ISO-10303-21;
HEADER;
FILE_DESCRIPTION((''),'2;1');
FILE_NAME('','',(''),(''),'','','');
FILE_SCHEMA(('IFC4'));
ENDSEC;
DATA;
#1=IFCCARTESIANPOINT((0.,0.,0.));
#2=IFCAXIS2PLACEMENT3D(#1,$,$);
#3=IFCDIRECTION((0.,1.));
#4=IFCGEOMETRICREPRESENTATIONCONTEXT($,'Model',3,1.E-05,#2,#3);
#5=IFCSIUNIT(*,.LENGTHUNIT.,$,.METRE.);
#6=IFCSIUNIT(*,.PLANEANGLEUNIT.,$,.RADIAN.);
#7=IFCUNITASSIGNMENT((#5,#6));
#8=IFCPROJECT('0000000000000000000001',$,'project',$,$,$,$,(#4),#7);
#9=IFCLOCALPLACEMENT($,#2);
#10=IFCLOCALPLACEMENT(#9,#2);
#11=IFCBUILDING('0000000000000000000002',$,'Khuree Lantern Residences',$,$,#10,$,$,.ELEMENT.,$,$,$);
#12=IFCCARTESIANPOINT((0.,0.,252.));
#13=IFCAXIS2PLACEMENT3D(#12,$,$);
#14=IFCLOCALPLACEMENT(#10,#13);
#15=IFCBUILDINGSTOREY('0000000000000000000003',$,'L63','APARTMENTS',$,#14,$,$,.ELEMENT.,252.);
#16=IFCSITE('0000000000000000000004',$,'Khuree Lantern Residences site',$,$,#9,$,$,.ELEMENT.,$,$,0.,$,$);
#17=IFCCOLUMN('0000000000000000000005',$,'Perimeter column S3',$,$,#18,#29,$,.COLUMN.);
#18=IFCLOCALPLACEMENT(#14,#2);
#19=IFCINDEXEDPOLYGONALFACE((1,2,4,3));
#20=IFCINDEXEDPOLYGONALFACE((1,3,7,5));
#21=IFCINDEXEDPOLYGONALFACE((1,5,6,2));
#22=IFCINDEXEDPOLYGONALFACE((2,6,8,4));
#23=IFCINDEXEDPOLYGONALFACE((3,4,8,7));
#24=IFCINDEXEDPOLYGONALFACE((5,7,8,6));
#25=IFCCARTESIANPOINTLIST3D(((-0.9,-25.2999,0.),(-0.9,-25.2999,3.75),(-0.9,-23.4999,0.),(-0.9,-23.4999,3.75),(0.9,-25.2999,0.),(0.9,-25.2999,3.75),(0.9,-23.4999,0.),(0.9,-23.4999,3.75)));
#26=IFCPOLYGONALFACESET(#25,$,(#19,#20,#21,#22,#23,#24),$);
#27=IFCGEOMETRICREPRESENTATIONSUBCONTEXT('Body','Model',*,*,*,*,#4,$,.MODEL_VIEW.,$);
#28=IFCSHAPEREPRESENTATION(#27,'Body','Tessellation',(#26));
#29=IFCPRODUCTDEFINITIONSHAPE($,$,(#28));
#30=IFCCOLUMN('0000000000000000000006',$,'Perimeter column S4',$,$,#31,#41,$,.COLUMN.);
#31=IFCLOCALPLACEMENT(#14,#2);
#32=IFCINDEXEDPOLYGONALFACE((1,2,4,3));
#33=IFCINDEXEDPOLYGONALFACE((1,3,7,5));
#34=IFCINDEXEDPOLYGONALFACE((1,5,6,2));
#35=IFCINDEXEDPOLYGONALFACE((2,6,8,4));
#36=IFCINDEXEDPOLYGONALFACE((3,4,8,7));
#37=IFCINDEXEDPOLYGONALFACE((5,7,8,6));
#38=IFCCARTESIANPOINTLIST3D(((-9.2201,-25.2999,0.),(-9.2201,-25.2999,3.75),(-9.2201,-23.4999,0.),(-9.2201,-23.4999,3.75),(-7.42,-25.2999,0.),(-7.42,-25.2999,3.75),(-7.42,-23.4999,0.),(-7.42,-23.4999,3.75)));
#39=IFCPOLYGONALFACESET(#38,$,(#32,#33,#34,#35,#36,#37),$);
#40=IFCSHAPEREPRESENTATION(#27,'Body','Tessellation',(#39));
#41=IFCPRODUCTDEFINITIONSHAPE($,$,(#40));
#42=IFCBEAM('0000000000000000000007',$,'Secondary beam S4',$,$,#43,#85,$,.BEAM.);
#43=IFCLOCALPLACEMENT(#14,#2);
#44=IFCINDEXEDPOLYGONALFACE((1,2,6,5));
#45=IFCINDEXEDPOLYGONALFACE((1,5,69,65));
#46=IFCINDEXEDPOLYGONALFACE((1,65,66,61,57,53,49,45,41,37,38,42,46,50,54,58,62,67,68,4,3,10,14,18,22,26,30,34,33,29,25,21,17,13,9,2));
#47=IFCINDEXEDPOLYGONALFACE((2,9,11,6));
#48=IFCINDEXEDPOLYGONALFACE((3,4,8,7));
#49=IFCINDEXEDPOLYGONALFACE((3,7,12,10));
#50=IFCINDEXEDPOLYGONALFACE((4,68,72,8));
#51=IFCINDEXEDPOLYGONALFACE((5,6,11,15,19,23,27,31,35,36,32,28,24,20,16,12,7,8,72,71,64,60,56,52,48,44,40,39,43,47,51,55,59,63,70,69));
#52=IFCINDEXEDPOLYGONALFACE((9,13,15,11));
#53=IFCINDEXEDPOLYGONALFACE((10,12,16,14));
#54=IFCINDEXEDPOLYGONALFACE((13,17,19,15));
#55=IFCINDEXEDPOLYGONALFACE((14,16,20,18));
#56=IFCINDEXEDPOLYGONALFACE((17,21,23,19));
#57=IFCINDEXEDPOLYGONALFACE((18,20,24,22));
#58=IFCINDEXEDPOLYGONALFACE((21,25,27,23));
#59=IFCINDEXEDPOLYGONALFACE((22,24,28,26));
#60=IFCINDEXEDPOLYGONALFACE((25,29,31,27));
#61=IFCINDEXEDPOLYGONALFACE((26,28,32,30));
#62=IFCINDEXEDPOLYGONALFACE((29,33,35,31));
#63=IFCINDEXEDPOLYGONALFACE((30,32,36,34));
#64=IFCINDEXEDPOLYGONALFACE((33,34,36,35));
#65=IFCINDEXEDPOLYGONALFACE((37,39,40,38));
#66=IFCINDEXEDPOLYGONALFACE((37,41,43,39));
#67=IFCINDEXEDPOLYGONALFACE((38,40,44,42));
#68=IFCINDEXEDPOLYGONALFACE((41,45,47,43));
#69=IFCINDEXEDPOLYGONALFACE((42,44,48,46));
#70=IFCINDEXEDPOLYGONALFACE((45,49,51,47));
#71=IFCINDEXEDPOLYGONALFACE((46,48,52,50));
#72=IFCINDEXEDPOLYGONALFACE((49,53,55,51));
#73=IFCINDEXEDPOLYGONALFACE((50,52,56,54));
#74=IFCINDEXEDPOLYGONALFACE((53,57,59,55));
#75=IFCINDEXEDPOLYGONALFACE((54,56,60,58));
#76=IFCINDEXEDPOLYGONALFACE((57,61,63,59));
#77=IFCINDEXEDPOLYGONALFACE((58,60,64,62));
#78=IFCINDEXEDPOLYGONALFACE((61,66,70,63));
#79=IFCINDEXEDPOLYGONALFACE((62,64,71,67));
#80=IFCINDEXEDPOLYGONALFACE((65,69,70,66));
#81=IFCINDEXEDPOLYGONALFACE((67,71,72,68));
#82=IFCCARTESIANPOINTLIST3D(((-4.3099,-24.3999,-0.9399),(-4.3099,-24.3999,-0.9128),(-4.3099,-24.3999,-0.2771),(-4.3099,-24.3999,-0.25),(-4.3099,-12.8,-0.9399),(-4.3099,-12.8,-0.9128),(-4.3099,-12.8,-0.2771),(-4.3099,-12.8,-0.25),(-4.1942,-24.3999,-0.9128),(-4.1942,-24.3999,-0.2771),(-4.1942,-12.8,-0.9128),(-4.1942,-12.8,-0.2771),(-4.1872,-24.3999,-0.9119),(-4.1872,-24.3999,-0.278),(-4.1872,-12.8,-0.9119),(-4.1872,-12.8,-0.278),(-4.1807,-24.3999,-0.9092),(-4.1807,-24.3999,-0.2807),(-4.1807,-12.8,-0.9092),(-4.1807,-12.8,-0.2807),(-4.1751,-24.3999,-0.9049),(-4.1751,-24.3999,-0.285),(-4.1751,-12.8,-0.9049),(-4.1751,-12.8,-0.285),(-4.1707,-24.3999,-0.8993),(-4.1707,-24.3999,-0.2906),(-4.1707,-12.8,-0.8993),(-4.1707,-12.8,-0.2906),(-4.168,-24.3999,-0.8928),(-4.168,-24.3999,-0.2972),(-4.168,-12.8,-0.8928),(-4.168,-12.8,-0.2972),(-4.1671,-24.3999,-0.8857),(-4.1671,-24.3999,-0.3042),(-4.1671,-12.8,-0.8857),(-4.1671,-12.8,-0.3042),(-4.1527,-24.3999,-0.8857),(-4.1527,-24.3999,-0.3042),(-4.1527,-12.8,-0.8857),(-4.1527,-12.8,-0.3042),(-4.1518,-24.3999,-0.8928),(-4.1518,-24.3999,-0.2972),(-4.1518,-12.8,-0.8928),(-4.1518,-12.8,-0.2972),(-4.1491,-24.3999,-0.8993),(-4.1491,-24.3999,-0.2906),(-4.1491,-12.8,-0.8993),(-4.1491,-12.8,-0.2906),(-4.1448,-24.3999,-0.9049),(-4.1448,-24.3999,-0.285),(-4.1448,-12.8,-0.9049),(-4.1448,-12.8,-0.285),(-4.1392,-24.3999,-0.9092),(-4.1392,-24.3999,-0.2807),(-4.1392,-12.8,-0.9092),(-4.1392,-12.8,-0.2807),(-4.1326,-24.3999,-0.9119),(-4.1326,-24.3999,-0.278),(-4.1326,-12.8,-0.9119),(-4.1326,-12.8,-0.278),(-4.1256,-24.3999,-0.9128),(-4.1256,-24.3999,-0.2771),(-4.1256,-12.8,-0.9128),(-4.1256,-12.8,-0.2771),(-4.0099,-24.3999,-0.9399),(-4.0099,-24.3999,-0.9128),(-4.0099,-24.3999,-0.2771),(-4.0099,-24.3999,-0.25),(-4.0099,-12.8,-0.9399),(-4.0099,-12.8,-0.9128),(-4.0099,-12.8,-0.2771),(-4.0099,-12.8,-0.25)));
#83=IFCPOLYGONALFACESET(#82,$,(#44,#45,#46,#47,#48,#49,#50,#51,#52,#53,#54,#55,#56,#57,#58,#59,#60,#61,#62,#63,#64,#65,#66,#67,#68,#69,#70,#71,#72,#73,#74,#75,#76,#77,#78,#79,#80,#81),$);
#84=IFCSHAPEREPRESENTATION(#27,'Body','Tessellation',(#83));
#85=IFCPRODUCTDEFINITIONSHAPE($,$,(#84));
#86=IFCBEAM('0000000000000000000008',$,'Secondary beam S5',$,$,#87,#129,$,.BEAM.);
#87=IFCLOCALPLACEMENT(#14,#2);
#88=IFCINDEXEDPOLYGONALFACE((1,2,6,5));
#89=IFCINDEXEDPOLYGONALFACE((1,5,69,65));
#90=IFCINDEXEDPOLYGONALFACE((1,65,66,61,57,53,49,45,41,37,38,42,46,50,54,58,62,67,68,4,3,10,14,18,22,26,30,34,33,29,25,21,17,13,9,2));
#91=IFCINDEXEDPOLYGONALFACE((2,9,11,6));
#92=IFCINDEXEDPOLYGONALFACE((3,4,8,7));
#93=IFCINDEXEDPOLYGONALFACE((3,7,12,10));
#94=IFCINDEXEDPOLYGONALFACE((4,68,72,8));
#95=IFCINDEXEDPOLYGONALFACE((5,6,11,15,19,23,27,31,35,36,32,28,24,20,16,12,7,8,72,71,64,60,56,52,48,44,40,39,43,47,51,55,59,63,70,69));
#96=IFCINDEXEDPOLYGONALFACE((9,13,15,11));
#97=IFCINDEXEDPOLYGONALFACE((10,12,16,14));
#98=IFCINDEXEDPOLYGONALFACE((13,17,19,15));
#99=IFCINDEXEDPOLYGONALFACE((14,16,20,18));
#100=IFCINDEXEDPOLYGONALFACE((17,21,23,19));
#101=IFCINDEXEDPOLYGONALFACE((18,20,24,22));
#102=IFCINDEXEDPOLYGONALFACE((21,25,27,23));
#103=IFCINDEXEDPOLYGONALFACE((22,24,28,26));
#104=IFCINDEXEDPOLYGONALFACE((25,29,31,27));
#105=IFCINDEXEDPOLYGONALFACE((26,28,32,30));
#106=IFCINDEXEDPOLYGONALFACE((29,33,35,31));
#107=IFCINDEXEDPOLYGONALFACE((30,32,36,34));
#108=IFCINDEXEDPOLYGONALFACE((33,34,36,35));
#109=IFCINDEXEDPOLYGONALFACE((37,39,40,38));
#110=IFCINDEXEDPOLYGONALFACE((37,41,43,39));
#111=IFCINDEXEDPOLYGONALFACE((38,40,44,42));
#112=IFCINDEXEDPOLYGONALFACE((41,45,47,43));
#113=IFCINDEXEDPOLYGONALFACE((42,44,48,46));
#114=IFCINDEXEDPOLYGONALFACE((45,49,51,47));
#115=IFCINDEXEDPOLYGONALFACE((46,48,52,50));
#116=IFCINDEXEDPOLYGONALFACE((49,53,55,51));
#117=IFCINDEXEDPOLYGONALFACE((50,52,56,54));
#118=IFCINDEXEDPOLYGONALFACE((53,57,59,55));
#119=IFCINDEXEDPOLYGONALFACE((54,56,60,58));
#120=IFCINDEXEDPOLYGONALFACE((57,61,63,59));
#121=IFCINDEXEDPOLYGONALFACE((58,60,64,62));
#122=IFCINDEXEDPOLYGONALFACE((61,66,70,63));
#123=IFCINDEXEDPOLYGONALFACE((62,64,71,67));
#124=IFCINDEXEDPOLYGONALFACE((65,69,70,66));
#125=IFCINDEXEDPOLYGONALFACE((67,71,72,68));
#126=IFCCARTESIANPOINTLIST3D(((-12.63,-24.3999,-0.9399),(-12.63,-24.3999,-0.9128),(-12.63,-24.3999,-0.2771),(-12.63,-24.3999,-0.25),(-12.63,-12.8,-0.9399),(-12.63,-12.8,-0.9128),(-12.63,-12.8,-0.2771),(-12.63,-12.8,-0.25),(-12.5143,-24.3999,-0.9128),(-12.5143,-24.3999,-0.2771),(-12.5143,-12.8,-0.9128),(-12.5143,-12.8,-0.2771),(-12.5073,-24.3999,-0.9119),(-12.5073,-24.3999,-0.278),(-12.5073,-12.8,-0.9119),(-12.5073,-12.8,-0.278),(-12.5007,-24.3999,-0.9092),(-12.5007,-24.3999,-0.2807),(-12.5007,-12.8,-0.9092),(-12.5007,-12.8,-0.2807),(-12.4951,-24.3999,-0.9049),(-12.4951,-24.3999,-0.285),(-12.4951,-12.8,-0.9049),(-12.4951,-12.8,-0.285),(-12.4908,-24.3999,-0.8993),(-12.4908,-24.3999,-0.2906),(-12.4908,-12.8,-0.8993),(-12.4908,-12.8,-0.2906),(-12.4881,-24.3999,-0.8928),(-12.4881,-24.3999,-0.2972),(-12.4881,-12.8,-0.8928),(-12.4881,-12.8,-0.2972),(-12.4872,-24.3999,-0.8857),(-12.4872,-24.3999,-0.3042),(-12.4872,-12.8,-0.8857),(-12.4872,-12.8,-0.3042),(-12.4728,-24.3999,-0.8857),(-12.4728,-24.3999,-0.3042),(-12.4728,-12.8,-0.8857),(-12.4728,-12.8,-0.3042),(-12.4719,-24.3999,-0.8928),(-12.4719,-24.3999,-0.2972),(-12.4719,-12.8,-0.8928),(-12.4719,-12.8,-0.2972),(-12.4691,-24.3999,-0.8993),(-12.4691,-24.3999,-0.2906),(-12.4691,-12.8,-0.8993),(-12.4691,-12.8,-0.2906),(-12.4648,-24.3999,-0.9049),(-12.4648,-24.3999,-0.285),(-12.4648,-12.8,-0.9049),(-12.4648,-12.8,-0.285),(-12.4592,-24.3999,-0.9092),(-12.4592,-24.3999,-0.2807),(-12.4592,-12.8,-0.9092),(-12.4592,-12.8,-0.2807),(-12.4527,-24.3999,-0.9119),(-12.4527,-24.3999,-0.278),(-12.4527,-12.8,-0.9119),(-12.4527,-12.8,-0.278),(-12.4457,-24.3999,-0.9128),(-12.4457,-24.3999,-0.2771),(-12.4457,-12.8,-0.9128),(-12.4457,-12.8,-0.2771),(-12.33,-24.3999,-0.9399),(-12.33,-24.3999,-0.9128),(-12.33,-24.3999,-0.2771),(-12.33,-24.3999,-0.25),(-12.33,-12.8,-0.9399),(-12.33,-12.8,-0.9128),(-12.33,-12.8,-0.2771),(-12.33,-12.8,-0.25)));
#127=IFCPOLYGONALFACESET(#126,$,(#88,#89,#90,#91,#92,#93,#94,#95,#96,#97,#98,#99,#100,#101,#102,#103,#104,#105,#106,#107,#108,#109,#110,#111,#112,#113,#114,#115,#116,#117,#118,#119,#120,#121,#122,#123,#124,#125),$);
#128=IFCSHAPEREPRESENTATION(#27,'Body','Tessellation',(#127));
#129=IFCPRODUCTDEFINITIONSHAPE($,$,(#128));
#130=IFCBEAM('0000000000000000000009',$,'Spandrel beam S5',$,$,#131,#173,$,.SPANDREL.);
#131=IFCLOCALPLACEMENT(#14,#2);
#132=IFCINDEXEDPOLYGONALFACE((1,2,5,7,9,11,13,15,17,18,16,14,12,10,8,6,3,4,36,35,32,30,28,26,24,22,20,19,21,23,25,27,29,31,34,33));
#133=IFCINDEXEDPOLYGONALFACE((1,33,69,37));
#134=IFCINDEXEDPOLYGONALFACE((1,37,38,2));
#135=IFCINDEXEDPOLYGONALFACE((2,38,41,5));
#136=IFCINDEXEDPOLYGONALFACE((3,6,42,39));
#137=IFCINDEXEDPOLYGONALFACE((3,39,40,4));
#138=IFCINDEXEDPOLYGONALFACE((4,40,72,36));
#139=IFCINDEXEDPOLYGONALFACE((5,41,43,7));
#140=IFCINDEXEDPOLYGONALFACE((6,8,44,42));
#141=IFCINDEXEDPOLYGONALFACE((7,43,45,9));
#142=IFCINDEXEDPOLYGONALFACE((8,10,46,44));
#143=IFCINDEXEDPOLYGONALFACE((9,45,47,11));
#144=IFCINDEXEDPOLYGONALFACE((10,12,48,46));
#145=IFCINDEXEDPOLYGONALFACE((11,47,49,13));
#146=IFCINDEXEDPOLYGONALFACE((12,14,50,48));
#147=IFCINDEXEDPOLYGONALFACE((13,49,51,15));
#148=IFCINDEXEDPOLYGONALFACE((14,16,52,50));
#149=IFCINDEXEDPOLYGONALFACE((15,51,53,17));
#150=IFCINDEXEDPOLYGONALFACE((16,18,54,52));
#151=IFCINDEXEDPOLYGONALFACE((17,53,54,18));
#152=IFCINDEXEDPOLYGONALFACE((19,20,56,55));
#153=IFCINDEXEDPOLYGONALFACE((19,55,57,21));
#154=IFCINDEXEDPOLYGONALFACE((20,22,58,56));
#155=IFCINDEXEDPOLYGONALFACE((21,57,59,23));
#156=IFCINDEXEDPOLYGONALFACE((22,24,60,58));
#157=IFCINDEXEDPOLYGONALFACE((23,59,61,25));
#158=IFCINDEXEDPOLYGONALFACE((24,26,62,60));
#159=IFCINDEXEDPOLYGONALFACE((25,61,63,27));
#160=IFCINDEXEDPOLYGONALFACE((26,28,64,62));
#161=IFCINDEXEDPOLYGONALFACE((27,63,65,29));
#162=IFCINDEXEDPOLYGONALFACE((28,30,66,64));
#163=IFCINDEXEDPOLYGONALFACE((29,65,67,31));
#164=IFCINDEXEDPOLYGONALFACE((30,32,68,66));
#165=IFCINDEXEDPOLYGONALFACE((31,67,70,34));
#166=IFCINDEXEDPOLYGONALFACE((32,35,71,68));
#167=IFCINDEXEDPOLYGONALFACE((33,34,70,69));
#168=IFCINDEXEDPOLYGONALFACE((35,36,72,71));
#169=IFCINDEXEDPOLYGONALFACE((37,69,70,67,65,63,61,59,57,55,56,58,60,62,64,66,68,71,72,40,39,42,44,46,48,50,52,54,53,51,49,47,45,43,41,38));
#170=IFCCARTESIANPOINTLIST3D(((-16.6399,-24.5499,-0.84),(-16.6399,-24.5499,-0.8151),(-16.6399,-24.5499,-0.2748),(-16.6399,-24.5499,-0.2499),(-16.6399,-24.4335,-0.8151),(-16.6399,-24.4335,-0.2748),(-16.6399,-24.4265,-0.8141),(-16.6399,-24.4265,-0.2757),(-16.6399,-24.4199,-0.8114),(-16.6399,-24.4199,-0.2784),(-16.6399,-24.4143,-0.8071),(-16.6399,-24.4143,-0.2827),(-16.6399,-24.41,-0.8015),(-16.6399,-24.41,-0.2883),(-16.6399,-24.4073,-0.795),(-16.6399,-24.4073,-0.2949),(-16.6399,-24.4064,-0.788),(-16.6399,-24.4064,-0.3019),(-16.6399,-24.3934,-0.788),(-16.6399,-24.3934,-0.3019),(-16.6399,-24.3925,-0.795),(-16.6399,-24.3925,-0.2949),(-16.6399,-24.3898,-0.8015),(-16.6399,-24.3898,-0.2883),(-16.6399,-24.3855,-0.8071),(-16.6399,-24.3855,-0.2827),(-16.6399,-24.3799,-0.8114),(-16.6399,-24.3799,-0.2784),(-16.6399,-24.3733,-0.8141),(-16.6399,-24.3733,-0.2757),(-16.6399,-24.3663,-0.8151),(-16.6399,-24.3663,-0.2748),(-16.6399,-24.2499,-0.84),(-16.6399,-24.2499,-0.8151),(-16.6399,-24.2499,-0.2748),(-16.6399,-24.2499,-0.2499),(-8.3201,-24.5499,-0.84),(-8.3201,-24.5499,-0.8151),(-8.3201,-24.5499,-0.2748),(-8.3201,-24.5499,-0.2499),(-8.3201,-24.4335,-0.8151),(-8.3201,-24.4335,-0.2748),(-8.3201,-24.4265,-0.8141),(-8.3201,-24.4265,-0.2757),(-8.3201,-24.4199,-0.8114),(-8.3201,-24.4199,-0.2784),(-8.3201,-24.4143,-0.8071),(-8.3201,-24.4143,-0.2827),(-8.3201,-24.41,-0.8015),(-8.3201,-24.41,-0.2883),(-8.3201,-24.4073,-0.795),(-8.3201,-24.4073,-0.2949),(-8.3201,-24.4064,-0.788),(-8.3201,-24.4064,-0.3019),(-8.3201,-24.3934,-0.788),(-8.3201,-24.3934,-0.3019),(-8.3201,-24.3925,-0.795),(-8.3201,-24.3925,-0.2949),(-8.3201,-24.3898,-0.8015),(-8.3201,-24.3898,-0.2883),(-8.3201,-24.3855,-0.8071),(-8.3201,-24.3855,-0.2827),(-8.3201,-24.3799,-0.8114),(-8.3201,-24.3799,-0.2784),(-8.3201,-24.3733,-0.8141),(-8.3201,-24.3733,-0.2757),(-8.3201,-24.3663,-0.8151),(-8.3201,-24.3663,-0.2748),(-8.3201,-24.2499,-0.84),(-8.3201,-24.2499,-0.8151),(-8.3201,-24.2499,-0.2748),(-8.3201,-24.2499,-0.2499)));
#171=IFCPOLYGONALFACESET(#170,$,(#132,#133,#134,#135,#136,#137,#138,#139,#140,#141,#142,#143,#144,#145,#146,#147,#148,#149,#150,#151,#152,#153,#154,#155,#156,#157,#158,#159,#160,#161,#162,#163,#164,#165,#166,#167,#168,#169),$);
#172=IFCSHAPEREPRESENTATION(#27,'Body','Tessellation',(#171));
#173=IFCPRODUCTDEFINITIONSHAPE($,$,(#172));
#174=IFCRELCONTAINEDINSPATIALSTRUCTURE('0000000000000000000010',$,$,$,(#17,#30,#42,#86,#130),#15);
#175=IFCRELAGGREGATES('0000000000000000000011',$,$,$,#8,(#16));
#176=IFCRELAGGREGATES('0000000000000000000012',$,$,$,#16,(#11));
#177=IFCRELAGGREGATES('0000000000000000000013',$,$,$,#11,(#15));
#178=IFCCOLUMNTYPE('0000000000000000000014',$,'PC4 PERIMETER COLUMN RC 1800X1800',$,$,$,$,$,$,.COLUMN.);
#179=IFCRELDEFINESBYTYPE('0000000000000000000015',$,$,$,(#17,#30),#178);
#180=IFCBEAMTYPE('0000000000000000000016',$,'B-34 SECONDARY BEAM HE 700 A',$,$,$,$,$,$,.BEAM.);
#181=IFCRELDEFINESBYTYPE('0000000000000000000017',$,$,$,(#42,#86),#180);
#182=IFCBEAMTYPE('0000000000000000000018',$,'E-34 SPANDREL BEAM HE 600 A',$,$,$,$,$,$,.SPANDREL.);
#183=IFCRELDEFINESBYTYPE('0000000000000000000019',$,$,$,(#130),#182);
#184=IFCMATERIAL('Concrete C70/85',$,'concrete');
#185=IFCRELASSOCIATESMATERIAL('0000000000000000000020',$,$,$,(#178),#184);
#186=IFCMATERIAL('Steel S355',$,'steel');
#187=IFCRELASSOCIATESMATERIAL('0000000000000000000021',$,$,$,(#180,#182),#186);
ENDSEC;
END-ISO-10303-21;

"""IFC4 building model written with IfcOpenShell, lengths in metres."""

from ifc_helpers import new_model, si_unit, direction, frame, origin, origin_2d, place, context, subcontext, project, spatial, rectangle, i_section, extrude, material, material_profile, profile_set, type_object, element, save


model = new_model("IFC4")

# Units and contexts
model_context = context("Model", 3, precision=1e-05, world=origin(), true_north=direction((0.0, 1.0)))
body_context = subcontext(model_context, "Body", "Model", "MODEL_VIEW")
ifc_project = project(units=[si_unit("LENGTHUNIT", "METRE"), si_unit("PLANEANGLEUNIT", "RADIAN")], contexts=[model_context])

# Site, building, storey
site_placement = place(None, origin())
site = spatial("IfcSite", under=ifc_project, at=site_placement, Name="Khuree Lantern Residences site", CompositionType="ELEMENT", RefElevation=0.0)
building_placement = place(site_placement, origin())
building = spatial("IfcBuilding", under=site, at=building_placement, Name="Khuree Lantern Residences", CompositionType="ELEMENT")
storey_placement = place(building_placement, frame((0.0, 0.0, 252.0)))
storey = spatial("IfcBuildingStorey", under=building, at=storey_placement, Name="L63", Description="APARTMENTS", CompositionType="ELEMENT", Elevation=252.0)

# Columns
ifc_material_1 = material(Name="Concrete C70/85", Category="concrete")
ifc_material_profile_1 = material_profile(ifc_material_1, rectangle(XDim=1.8, YDim=1.8, at=origin_2d()), Name="RC 1800X1800")
ifc_profile_set_1 = profile_set([ifc_material_profile_1], Name="Concrete C70/85")
column_type = type_object("IfcColumnType", Name="PC4 PERIMETER COLUMN RC 1800X1800", PredefinedType="COLUMN", material=ifc_profile_set_1)
for number, where, z_axis, x_axis, name in (
    (1, (0.0, -24.3999, 0.0), (0.0, 0.0, 1.0), (1.0, 0.0, 0.0), "Perimeter column S3"),
    (2, (-8.3201, -24.3999, 0.0), (0.0, 0.0, 1.0), (1.0, 0.0, 0.0), "Perimeter column S4"),
):
    element("IfcColumn", number, at=place(storey_placement, frame(where, z_axis=z_axis, x_axis=x_axis)), inside=storey, type_object=column_type, Name=name, PredefinedType="COLUMN", context=body_context, shape_type="SweptSolid", body=[
        extrude(rectangle(XDim=1.8, YDim=1.8, at=origin_2d()), origin(), (0.0, 0.0, 1.0), 3.75),
    ])

# Beams
ifc_material_2 = material(Name="Steel S355", Category="steel")
ifc_material_profile_2 = material_profile(ifc_material_2, i_section(OverallWidth=0.3, OverallDepth=0.6899, WebThickness=0.0144, FlangeThickness=0.0271, FilletRadius=0.0271, at=origin_2d()), Name="HE 700 A")
ifc_profile_set_2 = profile_set([ifc_material_profile_2], Name="Steel S355")
beam_type_1 = type_object("IfcBeamType", Name="B-34 SECONDARY BEAM HE 700 A", PredefinedType="BEAM", material=ifc_profile_set_2)
for number, where, z_axis, x_axis, name in (
    (3, (-4.1599, -24.3999, -0.595), (0.0, 1.0, 0.0), (-1.0, 0.0, 0.0), "Secondary beam S4"),
    (4, (-12.48, -24.3999, -0.595), (0.0, 1.0, 0.0), (-1.0, 0.0, 0.0), "Secondary beam S5"),
):
    element("IfcBeam", number, at=place(storey_placement, frame(where, z_axis=z_axis, x_axis=x_axis)), inside=storey, type_object=beam_type_1, Name=name, PredefinedType="BEAM", context=body_context, shape_type="SweptSolid", body=[
        extrude(i_section(OverallWidth=0.3, OverallDepth=0.6899, WebThickness=0.0144, FlangeThickness=0.0271, FilletRadius=0.0271, at=origin_2d()), origin(), (0.0, 0.0, 1.0), 11.5999),
    ])
ifc_material_profile_3 = material_profile(ifc_material_2, i_section(OverallWidth=0.3, OverallDepth=0.5901, WebThickness=0.0129, FlangeThickness=0.0249, FilletRadius=0.0271, at=origin_2d()), Name="HE 600 A")
ifc_profile_set_3 = profile_set([ifc_material_profile_3], Name="Steel S355")
beam_type_2 = type_object("IfcBeamType", Name="E-34 SPANDREL BEAM HE 600 A", PredefinedType="SPANDREL", material=ifc_profile_set_3)
beam_1_placement = place(storey_placement, frame((-8.3201, -24.3999, -0.5449), z_axis=(-1.0, 0.0, 0.0), x_axis=(0.0, -1.0, 0.0)))
element("IfcBeam", 5, at=beam_1_placement, inside=storey, type_object=beam_type_2, Name="Spandrel beam S5", PredefinedType="SPANDREL", context=body_context, shape_type="SweptSolid", body=[
    extrude(i_section(OverallWidth=0.3, OverallDepth=0.5901, WebThickness=0.0129, FlangeThickness=0.0249, FilletRadius=0.0271, at=origin_2d()), origin(), (0.0, 0.0, 1.0), 8.3198),
])

save(model, "model.ifc")
